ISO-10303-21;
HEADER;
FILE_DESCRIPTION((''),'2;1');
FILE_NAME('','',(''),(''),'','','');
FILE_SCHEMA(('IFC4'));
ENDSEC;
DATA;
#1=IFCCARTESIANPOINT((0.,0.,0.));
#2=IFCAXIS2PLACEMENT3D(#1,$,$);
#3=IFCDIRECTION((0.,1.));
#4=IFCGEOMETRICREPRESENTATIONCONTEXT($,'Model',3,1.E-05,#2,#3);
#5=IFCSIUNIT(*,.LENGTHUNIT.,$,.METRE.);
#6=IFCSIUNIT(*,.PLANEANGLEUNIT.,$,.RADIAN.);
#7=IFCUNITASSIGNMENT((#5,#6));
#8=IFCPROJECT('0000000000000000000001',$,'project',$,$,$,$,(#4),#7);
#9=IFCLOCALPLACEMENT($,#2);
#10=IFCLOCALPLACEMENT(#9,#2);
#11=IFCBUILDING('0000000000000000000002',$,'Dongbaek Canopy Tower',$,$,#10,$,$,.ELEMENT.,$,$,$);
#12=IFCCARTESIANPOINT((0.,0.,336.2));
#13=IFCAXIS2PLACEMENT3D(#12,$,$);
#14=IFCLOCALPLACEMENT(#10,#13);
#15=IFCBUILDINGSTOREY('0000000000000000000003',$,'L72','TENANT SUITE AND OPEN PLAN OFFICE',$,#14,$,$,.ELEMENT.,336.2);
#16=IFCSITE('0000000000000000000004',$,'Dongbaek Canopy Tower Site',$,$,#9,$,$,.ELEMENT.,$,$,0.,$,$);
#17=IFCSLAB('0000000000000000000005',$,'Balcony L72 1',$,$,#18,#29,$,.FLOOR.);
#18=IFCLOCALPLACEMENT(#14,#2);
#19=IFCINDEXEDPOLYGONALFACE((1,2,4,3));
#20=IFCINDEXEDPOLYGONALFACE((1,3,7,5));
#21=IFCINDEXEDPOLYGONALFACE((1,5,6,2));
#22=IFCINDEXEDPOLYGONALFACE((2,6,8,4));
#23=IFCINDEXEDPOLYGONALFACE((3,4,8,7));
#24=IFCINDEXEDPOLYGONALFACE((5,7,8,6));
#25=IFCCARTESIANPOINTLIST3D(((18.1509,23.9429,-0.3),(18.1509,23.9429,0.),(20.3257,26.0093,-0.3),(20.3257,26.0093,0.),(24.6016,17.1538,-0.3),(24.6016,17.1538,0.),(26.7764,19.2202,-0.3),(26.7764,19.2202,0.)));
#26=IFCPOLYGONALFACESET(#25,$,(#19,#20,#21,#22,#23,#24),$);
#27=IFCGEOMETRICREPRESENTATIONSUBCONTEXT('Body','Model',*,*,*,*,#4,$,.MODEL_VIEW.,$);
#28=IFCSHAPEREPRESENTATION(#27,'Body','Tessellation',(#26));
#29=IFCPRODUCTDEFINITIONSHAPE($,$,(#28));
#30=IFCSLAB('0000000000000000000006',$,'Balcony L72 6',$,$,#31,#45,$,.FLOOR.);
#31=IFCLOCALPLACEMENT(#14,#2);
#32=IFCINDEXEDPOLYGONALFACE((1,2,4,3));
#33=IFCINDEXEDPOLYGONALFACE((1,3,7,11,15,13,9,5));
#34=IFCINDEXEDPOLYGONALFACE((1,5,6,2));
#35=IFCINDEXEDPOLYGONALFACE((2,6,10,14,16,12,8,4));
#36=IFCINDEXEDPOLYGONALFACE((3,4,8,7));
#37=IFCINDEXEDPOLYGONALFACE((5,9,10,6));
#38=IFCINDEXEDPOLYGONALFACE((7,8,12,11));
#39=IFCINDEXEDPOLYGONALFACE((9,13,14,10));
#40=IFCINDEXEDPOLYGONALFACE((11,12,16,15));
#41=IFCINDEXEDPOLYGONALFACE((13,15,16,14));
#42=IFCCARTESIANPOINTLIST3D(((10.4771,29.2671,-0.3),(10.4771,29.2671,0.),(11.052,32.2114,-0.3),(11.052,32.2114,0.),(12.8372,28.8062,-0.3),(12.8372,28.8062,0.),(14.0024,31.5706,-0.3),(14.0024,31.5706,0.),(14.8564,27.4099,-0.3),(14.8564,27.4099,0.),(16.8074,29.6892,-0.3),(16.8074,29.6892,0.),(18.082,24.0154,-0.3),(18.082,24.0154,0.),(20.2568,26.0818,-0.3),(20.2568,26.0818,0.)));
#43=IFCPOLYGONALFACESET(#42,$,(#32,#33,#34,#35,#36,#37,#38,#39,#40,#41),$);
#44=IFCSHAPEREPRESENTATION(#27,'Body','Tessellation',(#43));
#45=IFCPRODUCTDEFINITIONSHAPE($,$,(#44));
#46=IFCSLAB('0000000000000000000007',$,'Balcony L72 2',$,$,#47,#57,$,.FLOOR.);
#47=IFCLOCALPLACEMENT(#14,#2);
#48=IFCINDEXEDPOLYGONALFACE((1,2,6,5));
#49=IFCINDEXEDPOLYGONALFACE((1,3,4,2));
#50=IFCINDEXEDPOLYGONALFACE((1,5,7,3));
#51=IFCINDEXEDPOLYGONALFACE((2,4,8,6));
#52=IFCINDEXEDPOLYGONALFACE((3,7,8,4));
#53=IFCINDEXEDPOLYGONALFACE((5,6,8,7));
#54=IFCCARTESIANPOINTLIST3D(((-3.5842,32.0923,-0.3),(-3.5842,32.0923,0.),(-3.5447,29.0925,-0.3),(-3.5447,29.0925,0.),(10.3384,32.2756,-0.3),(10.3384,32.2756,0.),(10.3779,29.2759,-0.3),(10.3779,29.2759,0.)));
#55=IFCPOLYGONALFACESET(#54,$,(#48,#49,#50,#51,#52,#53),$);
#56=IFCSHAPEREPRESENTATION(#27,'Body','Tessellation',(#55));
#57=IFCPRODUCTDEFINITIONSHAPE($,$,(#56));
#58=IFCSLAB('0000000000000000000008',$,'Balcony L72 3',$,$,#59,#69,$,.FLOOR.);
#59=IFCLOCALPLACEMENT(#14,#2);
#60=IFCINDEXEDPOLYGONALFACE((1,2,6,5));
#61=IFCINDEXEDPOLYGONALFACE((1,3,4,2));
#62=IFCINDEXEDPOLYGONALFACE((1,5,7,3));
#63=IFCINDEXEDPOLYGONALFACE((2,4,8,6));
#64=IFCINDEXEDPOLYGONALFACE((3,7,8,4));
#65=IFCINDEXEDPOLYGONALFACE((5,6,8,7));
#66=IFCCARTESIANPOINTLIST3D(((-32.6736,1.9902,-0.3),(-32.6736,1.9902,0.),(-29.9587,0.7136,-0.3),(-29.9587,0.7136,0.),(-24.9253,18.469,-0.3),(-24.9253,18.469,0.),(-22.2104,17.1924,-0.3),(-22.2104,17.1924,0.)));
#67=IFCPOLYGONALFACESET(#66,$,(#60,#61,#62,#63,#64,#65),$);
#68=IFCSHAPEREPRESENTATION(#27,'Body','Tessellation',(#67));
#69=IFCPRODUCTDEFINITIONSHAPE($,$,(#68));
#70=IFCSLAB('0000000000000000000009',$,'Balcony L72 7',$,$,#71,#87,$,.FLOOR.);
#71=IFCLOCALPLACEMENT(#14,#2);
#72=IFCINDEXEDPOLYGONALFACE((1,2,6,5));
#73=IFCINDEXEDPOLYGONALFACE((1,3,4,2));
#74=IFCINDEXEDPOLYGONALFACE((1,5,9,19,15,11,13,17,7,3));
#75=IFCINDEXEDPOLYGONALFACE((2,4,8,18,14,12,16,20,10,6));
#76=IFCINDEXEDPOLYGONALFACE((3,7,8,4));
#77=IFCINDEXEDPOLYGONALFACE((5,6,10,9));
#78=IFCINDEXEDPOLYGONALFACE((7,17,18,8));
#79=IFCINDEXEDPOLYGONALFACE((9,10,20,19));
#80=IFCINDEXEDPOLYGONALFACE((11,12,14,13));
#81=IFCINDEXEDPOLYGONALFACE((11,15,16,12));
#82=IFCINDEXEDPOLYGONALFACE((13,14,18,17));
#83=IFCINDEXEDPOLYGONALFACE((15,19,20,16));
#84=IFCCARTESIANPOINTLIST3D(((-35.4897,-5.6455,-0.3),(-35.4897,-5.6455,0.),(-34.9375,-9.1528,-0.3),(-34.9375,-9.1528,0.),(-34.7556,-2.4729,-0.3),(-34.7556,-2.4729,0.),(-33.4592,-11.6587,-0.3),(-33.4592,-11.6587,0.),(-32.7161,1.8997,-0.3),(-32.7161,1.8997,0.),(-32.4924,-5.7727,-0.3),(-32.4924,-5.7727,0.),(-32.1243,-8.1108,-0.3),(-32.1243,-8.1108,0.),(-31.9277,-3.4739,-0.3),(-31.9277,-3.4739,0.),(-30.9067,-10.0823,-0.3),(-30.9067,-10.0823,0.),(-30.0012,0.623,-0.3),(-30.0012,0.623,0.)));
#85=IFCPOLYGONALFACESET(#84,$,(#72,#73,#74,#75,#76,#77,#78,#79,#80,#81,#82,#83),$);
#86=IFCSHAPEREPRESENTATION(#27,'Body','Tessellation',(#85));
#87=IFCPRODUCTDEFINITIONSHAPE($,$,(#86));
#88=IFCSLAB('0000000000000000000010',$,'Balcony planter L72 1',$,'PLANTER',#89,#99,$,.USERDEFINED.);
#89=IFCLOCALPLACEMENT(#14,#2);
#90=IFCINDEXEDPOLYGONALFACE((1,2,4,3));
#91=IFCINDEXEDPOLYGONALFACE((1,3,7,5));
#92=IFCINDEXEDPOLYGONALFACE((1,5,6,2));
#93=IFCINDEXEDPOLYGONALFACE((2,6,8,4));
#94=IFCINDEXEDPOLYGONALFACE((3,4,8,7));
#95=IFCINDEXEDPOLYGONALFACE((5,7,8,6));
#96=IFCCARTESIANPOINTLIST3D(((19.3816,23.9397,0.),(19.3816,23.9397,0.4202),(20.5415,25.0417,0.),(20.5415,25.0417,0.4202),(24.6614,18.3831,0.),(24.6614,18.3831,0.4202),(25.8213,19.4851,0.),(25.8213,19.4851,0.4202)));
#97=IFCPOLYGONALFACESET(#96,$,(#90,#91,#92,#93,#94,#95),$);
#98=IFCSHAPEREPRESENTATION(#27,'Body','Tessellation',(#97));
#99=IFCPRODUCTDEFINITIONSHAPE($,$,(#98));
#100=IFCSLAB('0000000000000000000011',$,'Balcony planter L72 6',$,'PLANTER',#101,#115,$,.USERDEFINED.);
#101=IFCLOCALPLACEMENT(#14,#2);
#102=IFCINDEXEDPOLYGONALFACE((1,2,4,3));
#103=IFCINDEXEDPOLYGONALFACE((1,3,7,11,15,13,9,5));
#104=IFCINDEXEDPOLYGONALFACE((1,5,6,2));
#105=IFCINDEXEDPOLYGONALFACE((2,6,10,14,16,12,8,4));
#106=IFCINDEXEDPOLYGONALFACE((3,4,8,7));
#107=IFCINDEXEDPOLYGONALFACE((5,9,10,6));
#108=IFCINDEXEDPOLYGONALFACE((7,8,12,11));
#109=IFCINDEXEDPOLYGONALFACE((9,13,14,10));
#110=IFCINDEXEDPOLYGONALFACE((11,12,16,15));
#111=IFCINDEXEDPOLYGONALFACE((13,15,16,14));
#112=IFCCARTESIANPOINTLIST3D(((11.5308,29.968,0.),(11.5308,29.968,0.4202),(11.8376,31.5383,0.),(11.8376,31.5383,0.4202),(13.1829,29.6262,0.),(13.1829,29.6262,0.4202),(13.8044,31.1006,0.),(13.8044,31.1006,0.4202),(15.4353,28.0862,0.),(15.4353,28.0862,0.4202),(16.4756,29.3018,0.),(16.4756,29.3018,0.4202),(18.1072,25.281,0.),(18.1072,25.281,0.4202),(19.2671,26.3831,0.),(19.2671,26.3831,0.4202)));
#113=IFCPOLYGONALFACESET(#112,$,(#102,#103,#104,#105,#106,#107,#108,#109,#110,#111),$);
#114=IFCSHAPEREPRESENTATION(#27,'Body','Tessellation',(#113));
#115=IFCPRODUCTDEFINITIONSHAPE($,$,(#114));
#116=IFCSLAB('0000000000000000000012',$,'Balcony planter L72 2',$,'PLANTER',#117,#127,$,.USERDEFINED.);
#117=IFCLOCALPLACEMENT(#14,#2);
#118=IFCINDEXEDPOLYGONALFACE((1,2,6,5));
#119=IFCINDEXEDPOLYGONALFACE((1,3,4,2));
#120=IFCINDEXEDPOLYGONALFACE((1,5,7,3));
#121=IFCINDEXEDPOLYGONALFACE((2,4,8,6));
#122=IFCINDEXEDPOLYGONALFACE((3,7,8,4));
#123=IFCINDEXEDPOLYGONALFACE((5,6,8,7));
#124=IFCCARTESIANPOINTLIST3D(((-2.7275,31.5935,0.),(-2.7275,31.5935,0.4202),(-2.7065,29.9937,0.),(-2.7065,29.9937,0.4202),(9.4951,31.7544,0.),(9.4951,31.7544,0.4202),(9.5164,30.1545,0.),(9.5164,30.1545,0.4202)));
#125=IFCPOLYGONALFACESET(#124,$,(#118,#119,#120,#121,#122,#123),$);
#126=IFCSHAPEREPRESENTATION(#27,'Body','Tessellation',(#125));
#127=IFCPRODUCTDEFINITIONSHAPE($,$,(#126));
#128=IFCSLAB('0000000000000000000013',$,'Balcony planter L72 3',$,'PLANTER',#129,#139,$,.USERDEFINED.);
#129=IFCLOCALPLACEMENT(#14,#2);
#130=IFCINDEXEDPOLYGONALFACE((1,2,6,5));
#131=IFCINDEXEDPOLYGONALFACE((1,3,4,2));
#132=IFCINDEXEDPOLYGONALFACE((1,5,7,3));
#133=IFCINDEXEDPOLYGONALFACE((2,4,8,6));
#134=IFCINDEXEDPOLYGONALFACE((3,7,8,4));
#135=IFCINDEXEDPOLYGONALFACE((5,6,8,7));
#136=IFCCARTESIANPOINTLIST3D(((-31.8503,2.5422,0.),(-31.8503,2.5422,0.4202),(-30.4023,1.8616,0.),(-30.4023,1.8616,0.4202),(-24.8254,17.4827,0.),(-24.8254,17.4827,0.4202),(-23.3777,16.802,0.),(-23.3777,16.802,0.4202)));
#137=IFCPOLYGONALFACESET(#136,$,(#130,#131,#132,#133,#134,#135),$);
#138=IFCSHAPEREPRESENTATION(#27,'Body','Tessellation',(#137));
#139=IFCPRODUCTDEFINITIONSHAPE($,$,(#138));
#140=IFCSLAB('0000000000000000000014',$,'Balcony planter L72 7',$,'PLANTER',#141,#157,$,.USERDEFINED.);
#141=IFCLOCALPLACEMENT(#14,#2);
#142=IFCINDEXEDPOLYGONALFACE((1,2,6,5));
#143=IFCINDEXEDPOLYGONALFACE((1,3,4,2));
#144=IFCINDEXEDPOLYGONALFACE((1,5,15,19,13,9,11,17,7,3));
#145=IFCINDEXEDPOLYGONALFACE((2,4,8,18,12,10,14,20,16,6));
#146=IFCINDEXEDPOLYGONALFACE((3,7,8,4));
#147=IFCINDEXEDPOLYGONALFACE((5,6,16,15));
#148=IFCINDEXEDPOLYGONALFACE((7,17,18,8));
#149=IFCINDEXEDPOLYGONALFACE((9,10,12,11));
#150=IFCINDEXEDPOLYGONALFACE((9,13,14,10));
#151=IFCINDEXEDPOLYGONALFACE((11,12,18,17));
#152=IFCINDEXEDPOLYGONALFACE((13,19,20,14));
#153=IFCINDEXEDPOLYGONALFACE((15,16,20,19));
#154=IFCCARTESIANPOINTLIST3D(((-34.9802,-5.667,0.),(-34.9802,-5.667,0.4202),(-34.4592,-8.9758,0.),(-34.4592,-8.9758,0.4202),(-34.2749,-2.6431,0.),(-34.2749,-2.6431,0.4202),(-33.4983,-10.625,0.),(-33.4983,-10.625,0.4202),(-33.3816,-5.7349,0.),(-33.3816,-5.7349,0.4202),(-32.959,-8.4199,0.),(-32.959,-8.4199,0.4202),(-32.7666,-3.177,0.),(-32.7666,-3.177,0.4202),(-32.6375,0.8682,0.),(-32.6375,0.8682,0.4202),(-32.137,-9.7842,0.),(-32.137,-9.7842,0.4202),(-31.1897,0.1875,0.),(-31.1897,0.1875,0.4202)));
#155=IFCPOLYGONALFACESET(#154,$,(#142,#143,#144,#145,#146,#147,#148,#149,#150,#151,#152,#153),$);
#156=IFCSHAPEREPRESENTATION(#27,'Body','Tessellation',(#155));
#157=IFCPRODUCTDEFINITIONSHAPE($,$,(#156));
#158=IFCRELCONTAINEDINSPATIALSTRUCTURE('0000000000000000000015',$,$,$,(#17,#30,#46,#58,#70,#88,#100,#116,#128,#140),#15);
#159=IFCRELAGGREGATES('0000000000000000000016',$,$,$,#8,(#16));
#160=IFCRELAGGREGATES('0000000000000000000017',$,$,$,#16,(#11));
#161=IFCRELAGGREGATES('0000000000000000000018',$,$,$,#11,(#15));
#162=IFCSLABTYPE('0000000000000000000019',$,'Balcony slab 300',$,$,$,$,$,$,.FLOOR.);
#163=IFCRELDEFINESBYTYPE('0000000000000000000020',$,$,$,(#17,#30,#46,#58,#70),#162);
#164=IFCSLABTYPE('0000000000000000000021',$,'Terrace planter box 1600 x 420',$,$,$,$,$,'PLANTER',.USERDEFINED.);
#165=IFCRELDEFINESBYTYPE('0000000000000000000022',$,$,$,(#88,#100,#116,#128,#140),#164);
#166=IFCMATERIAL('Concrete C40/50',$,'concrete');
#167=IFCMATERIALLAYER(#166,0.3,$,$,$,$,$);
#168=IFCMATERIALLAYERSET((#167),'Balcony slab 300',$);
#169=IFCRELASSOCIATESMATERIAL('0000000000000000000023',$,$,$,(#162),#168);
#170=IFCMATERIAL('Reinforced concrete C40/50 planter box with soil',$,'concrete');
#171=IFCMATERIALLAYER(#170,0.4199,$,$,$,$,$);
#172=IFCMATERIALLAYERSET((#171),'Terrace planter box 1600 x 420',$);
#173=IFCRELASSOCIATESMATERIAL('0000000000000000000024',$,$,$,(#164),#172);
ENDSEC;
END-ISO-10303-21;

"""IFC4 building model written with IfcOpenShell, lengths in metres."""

from ifc_helpers import new_model, si_unit, direction, frame, origin, place, context, subcontext, project, spatial, polyline, outline, extrude, material, layer, layer_set, type_object, element, save


model = new_model("IFC4")

# Units and contexts
model_context = context("Model", 3, precision=1e-05, world=origin(), true_north=direction((0.0, 1.0)))
body_context = subcontext(model_context, "Body", "Model", "MODEL_VIEW")
ifc_project = project(units=[si_unit("LENGTHUNIT", "METRE"), si_unit("PLANEANGLEUNIT", "RADIAN")], contexts=[model_context])

# Site, building, storey
site_placement = place(None, origin())
site = spatial("IfcSite", under=ifc_project, at=site_placement, Name="Dongbaek Canopy Tower Site", CompositionType="ELEMENT", RefElevation=0.0)
building_placement = place(site_placement, origin())
building = spatial("IfcBuilding", under=site, at=building_placement, Name="Dongbaek Canopy Tower", CompositionType="ELEMENT")
storey_placement = place(building_placement, frame((0.0, 0.0, 336.2)))
storey = spatial("IfcBuildingStorey", under=building, at=storey_placement, Name="L72", Description="TENANT SUITE AND OPEN PLAN OFFICE", CompositionType="ELEMENT", Elevation=336.2)

# Slabs
ifc_material_1 = material(Name="Concrete C40/50", Category="concrete")
ifc_layer_1 = layer(ifc_material_1, 0.3)
ifc_layer_set_1 = layer_set([ifc_layer_1], Name="Balcony slab 300")
slab_type_1 = type_object("IfcSlabType", Name="Balcony slab 300", PredefinedType="FLOOR", material=ifc_layer_set_1)
slab_1_placement = place(storey_placement, frame((0.0, 0.0, -0.3)))
element("IfcSlab", 1, at=slab_1_placement, inside=storey, type_object=slab_type_1, Name="Balcony L72 1", PredefinedType="FLOOR", context=body_context, shape_type="SweptSolid", body=[
    extrude(outline(polyline([(24.6016, 17.1538), (18.1509, 23.9429), (20.3257, 26.0093), (26.7764, 19.2202), (24.6016, 17.1538)])), origin(), (0.0, 0.0, 1.0), 0.3),
])
slab_2_placement = place(storey_placement, frame((0.0, 0.0, -0.3)))
element("IfcSlab", 2, at=slab_2_placement, inside=storey, type_object=slab_type_1, Name="Balcony L72 6", PredefinedType="FLOOR", context=body_context, shape_type="SweptSolid", body=[
    extrude(outline(polyline([(18.082, 24.0154), (14.8564, 27.4099), (12.8372, 28.8062), (10.4771, 29.2671), (11.052, 32.2114), (14.0024, 31.5706), (16.8074, 29.6892), (20.2568, 26.0818), (18.082, 24.0154)])), origin(), (0.0, 0.0, 1.0), 0.3),
])
slab_3_placement = place(storey_placement, frame((0.0, 0.0, -0.3)))
element("IfcSlab", 3, at=slab_3_placement, inside=storey, type_object=slab_type_1, Name="Balcony L72 2", PredefinedType="FLOOR", context=body_context, shape_type="SweptSolid", body=[
    extrude(outline(polyline([(10.3779, 29.2759), (-3.5447, 29.0925), (-3.5842, 32.0923), (10.3384, 32.2756), (10.3779, 29.2759)])), origin(), (0.0, 0.0, 1.0), 0.3),
])
slab_4_placement = place(storey_placement, frame((0.0, 0.0, -0.3)))
element("IfcSlab", 4, at=slab_4_placement, inside=storey, type_object=slab_type_1, Name="Balcony L72 3", PredefinedType="FLOOR", context=body_context, shape_type="SweptSolid", body=[
    extrude(outline(polyline([(-22.2104, 17.1924), (-29.9587, 0.7136), (-32.6736, 1.9902), (-24.9253, 18.469), (-22.2104, 17.1924)])), origin(), (0.0, 0.0, 1.0), 0.3),
])
slab_5_placement = place(storey_placement, frame((0.0, 0.0, -0.3)))
element("IfcSlab", 5, at=slab_5_placement, inside=storey, type_object=slab_type_1, Name="Balcony L72 7", PredefinedType="FLOOR", context=body_context, shape_type="SweptSolid", body=[
    extrude(outline(polyline([(-30.0012, 0.623), (-31.9277, -3.4739), (-32.4924, -5.7727), (-32.1243, -8.1108), (-30.9067, -10.0823), (-33.4592, -11.6587), (-34.9375, -9.1528), (-35.4897, -5.6455), (-34.7556, -2.4729), (-32.7161, 1.8997), (-30.0012, 0.623)])), origin(), (0.0, 0.0, 1.0), 0.3),
])
ifc_material_2 = material(Name="Reinforced concrete C40/50 planter box with soil", Category="concrete")
ifc_layer_2 = layer(ifc_material_2, 0.4199)
ifc_layer_set_2 = layer_set([ifc_layer_2], Name="Terrace planter box 1600 x 420")
slab_type_2 = type_object("IfcSlabType", Name="Terrace planter box 1600 x 420", ElementType="PLANTER", PredefinedType="USERDEFINED", material=ifc_layer_set_2)
slab_6_placement = place(storey_placement, origin())
element("IfcSlab", 6, at=slab_6_placement, inside=storey, type_object=slab_type_2, Name="Balcony planter L72 1", ObjectType="PLANTER", PredefinedType="USERDEFINED", context=body_context, shape_type="SweptSolid", body=[
    extrude(outline(polyline([(24.6614, 18.3831), (19.3816, 23.9397), (20.5415, 25.0417), (25.8213, 19.4851), (24.6614, 18.3831)])), origin(), (0.0, 0.0, 1.0), 0.4202),
])
slab_7_placement = place(storey_placement, origin())
element("IfcSlab", 7, at=slab_7_placement, inside=storey, type_object=slab_type_2, Name="Balcony planter L72 6", ObjectType="PLANTER", PredefinedType="USERDEFINED", context=body_context, shape_type="SweptSolid", body=[
    extrude(outline(polyline([(18.1072, 25.281), (15.4353, 28.0862), (13.1829, 29.6262), (11.5308, 29.968), (11.8376, 31.5383), (13.8044, 31.1006), (16.4756, 29.3018), (19.2671, 26.3831), (18.1072, 25.281)])), origin(), (0.0, 0.0, 1.0), 0.4202),
])
slab_8_placement = place(storey_placement, origin())
element("IfcSlab", 8, at=slab_8_placement, inside=storey, type_object=slab_type_2, Name="Balcony planter L72 2", ObjectType="PLANTER", PredefinedType="USERDEFINED", context=body_context, shape_type="SweptSolid", body=[
    extrude(outline(polyline([(9.5164, 30.1545), (-2.7065, 29.9937), (-2.7275, 31.5935), (9.4951, 31.7544), (9.5164, 30.1545)])), origin(), (0.0, 0.0, 1.0), 0.4202),
])
slab_9_placement = place(storey_placement, origin())
element("IfcSlab", 9, at=slab_9_placement, inside=storey, type_object=slab_type_2, Name="Balcony planter L72 3", ObjectType="PLANTER", PredefinedType="USERDEFINED", context=body_context, shape_type="SweptSolid", body=[
    extrude(outline(polyline([(-23.3777, 16.802), (-30.4023, 1.8616), (-31.8503, 2.5422), (-24.8254, 17.4827), (-23.3777, 16.802)])), origin(), (0.0, 0.0, 1.0), 0.4202),
])
slab_10_placement = place(storey_placement, origin())
element("IfcSlab", 10, at=slab_10_placement, inside=storey, type_object=slab_type_2, Name="Balcony planter L72 7", ObjectType="PLANTER", PredefinedType="USERDEFINED", context=body_context, shape_type="SweptSolid", body=[
    extrude(outline(polyline([(-31.1897, 0.1875), (-32.7666, -3.177), (-33.3816, -5.7349), (-32.959, -8.4199), (-32.137, -9.7842), (-33.4983, -10.625), (-34.4592, -8.9758), (-34.9802, -5.667), (-34.2749, -2.6431), (-32.6375, 0.8682), (-31.1897, 0.1875)])), origin(), (0.0, 0.0, 1.0), 0.4202),
])

save(model, "model.ifc")
